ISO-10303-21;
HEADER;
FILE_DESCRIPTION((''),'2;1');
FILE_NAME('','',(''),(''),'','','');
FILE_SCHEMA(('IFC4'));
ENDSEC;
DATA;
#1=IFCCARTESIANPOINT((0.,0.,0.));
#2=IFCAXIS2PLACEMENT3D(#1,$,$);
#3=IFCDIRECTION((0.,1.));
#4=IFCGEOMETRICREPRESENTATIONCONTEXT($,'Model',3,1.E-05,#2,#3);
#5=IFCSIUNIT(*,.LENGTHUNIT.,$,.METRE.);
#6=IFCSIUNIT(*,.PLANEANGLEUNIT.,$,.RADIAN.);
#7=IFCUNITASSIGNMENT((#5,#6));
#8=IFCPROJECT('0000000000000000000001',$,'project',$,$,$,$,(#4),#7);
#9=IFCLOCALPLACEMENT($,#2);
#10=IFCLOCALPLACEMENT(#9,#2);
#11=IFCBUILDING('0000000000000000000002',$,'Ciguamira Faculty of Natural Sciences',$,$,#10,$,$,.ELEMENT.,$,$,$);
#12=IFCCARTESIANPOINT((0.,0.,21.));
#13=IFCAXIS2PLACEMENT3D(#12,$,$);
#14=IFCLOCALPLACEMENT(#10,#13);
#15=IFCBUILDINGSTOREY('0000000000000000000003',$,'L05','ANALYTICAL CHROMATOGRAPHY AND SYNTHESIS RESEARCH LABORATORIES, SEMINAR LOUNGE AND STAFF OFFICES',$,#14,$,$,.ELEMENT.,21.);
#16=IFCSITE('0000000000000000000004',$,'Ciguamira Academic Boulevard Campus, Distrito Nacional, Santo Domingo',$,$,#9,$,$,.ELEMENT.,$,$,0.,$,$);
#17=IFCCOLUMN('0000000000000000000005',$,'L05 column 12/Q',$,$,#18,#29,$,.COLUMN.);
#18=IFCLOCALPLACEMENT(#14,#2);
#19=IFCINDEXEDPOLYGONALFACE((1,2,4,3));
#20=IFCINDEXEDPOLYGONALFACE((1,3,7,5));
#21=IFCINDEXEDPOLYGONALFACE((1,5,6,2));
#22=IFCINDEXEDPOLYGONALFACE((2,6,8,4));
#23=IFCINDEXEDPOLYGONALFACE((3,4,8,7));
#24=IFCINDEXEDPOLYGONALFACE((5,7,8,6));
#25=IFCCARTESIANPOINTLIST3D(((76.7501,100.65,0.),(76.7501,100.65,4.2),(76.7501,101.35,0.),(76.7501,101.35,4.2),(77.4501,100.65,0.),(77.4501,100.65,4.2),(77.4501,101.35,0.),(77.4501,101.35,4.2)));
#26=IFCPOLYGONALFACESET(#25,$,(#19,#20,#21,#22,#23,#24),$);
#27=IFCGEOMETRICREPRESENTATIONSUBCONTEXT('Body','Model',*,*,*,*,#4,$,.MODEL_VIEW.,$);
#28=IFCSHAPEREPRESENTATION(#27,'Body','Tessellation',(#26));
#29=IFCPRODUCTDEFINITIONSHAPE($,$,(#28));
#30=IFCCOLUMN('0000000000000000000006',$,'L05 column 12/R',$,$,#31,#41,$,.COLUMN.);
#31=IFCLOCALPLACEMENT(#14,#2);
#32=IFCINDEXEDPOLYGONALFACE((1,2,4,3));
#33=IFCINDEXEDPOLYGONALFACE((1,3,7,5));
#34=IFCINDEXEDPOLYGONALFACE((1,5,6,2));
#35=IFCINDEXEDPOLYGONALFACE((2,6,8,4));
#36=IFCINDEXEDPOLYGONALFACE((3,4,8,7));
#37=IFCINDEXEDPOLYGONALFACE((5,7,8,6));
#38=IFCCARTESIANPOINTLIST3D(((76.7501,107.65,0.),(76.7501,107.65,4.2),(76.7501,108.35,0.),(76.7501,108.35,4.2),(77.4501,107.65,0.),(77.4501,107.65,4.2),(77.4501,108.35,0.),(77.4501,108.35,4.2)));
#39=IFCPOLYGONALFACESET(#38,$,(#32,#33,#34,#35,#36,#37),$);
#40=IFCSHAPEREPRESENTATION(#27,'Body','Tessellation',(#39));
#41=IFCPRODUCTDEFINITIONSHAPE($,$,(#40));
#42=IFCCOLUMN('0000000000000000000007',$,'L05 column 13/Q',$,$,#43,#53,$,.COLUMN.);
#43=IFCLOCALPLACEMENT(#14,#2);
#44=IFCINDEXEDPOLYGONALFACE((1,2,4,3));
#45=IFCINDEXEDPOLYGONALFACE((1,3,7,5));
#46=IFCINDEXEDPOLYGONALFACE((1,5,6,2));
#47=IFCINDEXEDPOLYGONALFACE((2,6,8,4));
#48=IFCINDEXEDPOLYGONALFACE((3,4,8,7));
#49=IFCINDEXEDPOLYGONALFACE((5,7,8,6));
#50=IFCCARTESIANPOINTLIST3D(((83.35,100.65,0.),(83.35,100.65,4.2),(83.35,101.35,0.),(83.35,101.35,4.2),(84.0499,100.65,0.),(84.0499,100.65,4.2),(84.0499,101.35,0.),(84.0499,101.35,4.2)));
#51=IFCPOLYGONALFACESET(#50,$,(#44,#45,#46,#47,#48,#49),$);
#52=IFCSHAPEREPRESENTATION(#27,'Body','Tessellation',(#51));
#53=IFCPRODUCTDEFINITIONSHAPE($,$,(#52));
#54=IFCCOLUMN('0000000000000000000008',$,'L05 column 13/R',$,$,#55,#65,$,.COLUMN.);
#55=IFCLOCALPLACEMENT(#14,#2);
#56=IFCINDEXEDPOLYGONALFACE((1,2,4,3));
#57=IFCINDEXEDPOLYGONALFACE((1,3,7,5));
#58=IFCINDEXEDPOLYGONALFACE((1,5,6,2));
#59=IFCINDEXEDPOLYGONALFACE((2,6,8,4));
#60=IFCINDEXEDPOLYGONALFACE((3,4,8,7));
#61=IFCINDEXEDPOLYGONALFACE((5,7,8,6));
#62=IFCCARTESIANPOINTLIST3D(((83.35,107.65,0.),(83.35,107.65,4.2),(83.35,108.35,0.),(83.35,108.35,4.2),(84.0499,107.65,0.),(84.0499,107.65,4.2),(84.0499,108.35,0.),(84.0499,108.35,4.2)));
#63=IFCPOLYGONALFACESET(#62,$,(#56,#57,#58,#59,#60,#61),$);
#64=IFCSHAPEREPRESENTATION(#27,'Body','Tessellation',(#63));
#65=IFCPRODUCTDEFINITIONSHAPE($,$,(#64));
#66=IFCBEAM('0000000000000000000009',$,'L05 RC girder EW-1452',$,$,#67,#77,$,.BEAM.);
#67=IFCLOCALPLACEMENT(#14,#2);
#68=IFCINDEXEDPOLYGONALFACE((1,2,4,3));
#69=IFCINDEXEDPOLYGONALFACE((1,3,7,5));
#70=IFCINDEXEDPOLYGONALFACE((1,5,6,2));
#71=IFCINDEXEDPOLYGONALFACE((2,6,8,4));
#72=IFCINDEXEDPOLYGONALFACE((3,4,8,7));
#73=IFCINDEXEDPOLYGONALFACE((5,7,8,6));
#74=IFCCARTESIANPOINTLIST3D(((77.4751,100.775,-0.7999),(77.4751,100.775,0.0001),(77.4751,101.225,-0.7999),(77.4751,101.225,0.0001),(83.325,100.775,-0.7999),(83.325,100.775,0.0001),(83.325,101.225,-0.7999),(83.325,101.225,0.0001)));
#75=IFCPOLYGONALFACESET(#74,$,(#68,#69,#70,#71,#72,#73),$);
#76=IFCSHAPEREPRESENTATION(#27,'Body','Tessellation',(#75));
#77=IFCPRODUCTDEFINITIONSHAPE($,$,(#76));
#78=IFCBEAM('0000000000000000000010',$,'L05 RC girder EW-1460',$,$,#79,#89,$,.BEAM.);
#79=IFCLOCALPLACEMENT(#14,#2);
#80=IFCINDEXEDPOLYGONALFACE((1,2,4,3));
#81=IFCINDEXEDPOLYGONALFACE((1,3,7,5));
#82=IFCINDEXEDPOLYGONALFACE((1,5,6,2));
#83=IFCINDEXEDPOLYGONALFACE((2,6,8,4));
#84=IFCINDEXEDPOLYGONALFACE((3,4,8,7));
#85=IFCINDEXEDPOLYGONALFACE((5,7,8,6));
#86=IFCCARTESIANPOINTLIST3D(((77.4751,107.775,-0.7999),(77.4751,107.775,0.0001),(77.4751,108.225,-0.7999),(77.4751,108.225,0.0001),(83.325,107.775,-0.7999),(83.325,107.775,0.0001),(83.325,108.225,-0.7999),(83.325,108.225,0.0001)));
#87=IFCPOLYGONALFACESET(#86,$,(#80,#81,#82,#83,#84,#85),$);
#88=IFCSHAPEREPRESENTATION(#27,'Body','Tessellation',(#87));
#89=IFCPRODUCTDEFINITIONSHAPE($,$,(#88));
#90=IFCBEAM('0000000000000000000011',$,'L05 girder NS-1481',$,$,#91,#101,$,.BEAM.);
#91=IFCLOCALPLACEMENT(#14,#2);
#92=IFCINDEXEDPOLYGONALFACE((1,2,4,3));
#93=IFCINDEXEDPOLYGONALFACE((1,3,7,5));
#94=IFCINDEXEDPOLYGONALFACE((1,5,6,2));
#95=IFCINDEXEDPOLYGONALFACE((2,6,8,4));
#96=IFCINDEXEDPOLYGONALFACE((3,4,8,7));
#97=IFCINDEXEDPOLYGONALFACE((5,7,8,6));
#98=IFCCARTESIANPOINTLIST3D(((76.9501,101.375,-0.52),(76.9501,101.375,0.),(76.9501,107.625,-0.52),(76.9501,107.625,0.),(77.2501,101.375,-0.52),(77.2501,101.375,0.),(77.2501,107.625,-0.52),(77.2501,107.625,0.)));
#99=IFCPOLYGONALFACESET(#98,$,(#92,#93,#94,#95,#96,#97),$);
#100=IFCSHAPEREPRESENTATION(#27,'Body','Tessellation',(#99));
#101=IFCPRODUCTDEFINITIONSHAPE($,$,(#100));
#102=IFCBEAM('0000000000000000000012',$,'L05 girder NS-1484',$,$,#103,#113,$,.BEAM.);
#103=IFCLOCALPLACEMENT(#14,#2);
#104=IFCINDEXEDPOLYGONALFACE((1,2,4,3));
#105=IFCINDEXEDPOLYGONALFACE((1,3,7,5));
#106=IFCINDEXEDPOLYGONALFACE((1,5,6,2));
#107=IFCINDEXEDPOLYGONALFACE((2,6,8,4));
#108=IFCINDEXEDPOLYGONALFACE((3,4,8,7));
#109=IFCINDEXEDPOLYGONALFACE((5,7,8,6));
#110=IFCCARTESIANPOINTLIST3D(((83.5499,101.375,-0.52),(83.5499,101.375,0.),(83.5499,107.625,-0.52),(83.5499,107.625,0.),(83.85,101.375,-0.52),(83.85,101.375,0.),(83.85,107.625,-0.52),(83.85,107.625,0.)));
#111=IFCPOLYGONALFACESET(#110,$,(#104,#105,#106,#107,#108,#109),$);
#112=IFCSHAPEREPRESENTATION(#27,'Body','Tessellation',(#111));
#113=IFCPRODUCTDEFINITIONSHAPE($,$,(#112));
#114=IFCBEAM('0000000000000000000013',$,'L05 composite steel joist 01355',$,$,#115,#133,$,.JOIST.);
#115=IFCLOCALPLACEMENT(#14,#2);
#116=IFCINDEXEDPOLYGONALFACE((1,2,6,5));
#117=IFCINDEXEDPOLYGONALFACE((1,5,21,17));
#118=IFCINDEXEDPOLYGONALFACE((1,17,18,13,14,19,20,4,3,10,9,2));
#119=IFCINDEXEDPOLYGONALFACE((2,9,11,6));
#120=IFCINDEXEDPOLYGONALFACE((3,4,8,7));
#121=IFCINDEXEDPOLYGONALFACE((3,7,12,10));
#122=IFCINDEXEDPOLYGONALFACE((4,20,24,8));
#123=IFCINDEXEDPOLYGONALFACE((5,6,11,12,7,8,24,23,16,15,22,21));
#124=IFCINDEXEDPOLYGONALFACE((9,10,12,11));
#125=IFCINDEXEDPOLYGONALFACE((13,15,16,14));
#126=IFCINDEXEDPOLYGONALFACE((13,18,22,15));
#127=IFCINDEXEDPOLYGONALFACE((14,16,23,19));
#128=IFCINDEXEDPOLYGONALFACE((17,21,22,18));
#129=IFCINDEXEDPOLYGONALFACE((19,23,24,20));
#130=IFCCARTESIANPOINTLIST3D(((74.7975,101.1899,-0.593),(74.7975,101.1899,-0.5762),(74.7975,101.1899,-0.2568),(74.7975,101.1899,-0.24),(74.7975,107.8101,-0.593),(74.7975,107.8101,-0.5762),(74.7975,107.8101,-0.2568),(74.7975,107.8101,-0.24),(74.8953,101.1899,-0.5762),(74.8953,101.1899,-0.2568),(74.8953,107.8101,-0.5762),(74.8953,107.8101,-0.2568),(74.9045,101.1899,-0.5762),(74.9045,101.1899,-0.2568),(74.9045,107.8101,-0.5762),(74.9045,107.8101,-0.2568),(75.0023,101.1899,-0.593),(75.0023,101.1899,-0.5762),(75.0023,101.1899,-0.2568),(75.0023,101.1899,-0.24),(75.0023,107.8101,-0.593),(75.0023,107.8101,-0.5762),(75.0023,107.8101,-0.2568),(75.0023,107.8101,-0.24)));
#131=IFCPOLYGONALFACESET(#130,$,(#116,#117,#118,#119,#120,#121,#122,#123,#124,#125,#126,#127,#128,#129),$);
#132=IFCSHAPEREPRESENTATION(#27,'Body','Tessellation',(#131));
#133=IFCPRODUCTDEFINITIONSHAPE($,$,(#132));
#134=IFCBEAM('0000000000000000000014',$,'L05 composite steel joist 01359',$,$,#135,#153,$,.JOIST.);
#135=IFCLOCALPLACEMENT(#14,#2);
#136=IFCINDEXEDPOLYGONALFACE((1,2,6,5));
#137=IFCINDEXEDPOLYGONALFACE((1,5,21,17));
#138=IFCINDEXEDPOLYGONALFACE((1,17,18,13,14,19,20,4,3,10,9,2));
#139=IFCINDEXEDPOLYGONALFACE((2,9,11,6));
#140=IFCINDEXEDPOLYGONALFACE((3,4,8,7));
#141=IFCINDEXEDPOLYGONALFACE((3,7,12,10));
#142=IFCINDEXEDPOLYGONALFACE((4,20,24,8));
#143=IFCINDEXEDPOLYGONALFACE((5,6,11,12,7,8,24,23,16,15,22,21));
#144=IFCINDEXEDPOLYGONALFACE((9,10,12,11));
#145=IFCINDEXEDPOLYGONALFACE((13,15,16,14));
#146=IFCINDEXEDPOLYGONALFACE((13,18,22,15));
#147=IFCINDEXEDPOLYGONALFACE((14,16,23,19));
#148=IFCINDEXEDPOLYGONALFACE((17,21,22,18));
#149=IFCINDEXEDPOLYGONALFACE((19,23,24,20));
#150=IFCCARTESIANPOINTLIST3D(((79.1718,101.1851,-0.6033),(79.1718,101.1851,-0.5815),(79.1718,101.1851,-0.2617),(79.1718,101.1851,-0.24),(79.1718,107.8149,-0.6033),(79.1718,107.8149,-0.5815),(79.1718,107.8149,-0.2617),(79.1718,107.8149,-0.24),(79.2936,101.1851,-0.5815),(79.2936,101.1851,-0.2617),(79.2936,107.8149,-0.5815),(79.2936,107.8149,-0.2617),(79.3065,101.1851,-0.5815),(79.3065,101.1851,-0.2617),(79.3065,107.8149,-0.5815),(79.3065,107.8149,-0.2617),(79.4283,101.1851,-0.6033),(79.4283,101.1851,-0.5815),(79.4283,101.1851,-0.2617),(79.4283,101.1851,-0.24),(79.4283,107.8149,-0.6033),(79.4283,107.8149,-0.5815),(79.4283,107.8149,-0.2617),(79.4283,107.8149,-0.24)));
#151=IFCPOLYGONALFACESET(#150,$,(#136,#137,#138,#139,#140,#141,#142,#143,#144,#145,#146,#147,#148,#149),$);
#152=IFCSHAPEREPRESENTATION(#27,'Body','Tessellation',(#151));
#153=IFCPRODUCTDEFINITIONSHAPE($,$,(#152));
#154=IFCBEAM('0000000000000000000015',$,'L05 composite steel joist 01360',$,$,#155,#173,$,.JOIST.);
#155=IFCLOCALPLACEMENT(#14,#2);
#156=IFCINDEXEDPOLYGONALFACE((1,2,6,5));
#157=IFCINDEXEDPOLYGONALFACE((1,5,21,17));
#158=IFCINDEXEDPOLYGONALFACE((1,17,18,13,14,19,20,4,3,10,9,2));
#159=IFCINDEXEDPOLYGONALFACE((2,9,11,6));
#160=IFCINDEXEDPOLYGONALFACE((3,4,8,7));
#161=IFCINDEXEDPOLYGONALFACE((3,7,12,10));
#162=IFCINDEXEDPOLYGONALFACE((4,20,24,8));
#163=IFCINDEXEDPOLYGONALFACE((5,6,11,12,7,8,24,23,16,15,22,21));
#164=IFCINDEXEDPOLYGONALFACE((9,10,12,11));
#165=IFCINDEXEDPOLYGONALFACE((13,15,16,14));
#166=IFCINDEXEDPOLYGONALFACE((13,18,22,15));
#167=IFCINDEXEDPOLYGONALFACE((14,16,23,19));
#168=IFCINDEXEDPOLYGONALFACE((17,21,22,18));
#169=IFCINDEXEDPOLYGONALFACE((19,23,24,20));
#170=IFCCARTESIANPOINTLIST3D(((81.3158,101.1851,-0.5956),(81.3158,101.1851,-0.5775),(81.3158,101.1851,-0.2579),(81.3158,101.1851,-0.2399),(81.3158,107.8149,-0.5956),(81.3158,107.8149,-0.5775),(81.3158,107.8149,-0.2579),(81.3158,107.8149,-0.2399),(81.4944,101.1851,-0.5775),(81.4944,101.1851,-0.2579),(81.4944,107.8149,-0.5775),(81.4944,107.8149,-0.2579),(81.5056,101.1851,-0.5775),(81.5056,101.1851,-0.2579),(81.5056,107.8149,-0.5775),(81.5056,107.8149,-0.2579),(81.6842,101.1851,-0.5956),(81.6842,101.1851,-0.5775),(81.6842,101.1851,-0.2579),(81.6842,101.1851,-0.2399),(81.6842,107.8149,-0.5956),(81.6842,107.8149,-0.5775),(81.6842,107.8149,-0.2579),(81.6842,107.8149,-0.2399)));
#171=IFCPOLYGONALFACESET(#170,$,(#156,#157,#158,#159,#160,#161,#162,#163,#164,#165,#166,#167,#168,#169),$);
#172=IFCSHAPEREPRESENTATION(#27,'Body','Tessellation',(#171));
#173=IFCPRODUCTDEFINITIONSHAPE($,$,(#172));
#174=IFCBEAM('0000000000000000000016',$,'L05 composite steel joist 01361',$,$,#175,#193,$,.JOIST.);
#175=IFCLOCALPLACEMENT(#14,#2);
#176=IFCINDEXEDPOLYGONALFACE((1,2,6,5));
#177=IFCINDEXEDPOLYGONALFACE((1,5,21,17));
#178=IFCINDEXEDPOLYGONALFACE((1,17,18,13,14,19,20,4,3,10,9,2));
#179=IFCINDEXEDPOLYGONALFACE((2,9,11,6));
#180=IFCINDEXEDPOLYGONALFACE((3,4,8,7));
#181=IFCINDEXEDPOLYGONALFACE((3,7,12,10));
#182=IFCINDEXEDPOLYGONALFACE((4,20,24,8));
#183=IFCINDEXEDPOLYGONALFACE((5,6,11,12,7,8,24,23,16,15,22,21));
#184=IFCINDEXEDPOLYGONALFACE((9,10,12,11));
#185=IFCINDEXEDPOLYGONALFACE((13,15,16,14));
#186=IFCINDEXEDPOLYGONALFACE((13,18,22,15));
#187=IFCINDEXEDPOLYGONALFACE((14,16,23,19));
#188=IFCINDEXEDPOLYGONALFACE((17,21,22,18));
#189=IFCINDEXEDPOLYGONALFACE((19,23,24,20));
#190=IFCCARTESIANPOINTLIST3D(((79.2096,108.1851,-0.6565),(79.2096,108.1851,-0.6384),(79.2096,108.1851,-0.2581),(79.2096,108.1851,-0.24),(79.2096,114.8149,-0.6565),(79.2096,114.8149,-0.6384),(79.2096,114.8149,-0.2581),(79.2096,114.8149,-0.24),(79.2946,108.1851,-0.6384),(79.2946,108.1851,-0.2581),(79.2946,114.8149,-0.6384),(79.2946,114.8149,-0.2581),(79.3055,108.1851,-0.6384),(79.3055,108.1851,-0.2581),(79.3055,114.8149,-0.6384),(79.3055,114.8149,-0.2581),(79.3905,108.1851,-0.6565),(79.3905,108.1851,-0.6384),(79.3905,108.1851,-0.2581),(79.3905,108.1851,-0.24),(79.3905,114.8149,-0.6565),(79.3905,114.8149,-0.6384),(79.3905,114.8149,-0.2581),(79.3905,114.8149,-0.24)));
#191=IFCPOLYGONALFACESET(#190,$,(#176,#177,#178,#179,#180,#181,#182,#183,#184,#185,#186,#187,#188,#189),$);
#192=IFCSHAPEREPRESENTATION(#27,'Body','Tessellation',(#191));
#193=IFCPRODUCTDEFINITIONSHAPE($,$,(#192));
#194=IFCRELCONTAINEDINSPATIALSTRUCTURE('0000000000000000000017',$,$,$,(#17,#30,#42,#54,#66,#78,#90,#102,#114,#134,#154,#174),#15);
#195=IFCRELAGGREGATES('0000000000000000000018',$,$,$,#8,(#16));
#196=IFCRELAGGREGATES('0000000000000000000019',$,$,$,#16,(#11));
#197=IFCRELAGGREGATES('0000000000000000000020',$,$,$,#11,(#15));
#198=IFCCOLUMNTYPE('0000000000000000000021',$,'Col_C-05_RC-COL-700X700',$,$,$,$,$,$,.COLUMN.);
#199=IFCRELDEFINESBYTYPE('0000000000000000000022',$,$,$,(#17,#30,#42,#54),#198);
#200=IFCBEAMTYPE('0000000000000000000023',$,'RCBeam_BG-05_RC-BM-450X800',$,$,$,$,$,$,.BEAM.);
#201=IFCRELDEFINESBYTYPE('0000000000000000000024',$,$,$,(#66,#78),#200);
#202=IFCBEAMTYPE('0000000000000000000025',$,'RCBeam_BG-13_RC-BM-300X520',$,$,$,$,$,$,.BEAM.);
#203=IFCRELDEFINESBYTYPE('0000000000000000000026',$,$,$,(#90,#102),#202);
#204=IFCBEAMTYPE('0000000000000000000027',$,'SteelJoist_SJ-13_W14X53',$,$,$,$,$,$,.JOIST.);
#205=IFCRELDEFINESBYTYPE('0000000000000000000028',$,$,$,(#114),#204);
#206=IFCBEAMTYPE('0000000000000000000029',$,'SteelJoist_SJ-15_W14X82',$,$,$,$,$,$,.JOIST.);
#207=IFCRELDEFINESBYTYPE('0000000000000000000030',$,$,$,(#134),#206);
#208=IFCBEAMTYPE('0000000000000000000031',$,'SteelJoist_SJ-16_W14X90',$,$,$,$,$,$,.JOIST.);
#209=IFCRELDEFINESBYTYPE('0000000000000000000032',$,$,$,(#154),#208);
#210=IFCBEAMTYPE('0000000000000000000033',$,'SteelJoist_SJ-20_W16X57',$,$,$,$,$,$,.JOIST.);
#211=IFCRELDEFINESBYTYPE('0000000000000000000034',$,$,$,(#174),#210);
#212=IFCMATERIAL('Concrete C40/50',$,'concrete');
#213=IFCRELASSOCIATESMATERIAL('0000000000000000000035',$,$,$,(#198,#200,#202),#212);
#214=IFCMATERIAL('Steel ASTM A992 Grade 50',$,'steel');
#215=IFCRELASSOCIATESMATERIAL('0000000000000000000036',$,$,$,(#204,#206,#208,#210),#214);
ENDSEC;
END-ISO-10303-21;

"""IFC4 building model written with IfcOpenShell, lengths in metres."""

from ifc_helpers import new_model, si_unit, direction, frame, origin, origin_2d, place, context, subcontext, project, spatial, rectangle, i_section, extrude, material, material_profile, profile_set, type_object, element, save


model = new_model("IFC4")

# Units and contexts
model_context = context("Model", 3, precision=1e-05, world=origin(), true_north=direction((0.0, 1.0)))
body_context = subcontext(model_context, "Body", "Model", "MODEL_VIEW")
ifc_project = project(units=[si_unit("LENGTHUNIT", "METRE"), si_unit("PLANEANGLEUNIT", "RADIAN")], contexts=[model_context])

# Site, building, storey
site_placement = place(None, origin())
site = spatial("IfcSite", under=ifc_project, at=site_placement, Name="Ciguamira Academic Boulevard Campus, Distrito Nacional, Santo Domingo", CompositionType="ELEMENT", RefElevation=0.0)
building_placement = place(site_placement, origin())
building = spatial("IfcBuilding", under=site, at=building_placement, Name="Ciguamira Faculty of Natural Sciences", CompositionType="ELEMENT")
storey_placement = place(building_placement, frame((0.0, 0.0, 21.0)))
storey = spatial("IfcBuildingStorey", under=building, at=storey_placement, Name="L05", Description="ANALYTICAL CHROMATOGRAPHY AND SYNTHESIS RESEARCH LABORATORIES, SEMINAR LOUNGE AND STAFF OFFICES", CompositionType="ELEMENT", Elevation=21.0)

# Columns
ifc_material_1 = material(Name="Concrete C40/50", Category="concrete")
ifc_material_profile_1 = material_profile(ifc_material_1, rectangle(XDim=0.7, YDim=0.7, at=origin_2d()), Name="RC-COL-700X700")
ifc_profile_set_1 = profile_set([ifc_material_profile_1], Name="Concrete C40/50")
column_type = type_object("IfcColumnType", Name="Col_C-05_RC-COL-700X700", PredefinedType="COLUMN", material=ifc_profile_set_1)
for number, where, z_axis, x_axis, name in (
    (1, (77.1001, 101.0, 0.0), (0.0, 0.0, 1.0), (1.0, 0.0, 0.0), "L05 column 12/Q"),
    (2, (77.1001, 108.0, 0.0), (0.0, 0.0, 1.0), (1.0, 0.0, 0.0), "L05 column 12/R"),
    (3, (83.7, 101.0, 0.0), (0.0, 0.0, 1.0), (1.0, 0.0, 0.0), "L05 column 13/Q"),
    (4, (83.7, 108.0, 0.0), (0.0, 0.0, 1.0), (1.0, 0.0, 0.0), "L05 column 13/R"),
):
    element("IfcColumn", number, at=place(storey_placement, frame(where, z_axis=z_axis, x_axis=x_axis)), inside=storey, type_object=column_type, Name=name, PredefinedType="COLUMN", context=body_context, shape_type="SweptSolid", body=[
        extrude(rectangle(XDim=0.7, YDim=0.7, at=origin_2d()), origin(), (0.0, 0.0, 1.0), 4.2),
    ])

# Beams
ifc_material_profile_2 = material_profile(ifc_material_1, rectangle(XDim=0.45, YDim=0.8, at=origin_2d()), Name="RC-BM-450X800")
ifc_profile_set_2 = profile_set([ifc_material_profile_2], Name="Concrete C40/50")
beam_type_1 = type_object("IfcBeamType", Name="RCBeam_BG-05_RC-BM-450X800", PredefinedType="BEAM", material=ifc_profile_set_2)
for number, where, z_axis, x_axis, name in (
    (5, (77.4751, 101.0, -0.3999), (1.0, 0.0, 0.0), (0.0, 1.0, 0.0), "L05 RC girder EW-1452"),
    (6, (77.4751, 108.0, -0.3999), (1.0, 0.0, 0.0), (0.0, 1.0, 0.0), "L05 RC girder EW-1460"),
):
    element("IfcBeam", number, at=place(storey_placement, frame(where, z_axis=z_axis, x_axis=x_axis)), inside=storey, type_object=beam_type_1, Name=name, PredefinedType="BEAM", context=body_context, shape_type="SweptSolid", body=[
        extrude(rectangle(XDim=0.45, YDim=0.8, at=origin_2d()), origin(), (0.0, 0.0, 1.0), 5.8499),
    ])
ifc_material_profile_3 = material_profile(ifc_material_1, rectangle(XDim=0.3, YDim=0.52, at=origin_2d()), Name="RC-BM-300X520")
ifc_profile_set_3 = profile_set([ifc_material_profile_3], Name="Concrete C40/50")
beam_type_2 = type_object("IfcBeamType", Name="RCBeam_BG-13_RC-BM-300X520", PredefinedType="BEAM", material=ifc_profile_set_3)
for number, where, z_axis, x_axis, name in (
    (7, (77.1001, 101.375, -0.26), (0.0, 1.0, 0.0), (-1.0, 0.0, 0.0), "L05 girder NS-1481"),
    (8, (83.7, 101.375, -0.26), (0.0, 1.0, 0.0), (-1.0, 0.0, 0.0), "L05 girder NS-1484"),
):
    element("IfcBeam", number, at=place(storey_placement, frame(where, z_axis=z_axis, x_axis=x_axis)), inside=storey, type_object=beam_type_2, Name=name, PredefinedType="BEAM", context=body_context, shape_type="SweptSolid", body=[
        extrude(rectangle(XDim=0.3, YDim=0.52, at=origin_2d()), origin(), (0.0, 0.0, 1.0), 6.25),
    ])
ifc_material_2 = material(Name="Steel ASTM A992 Grade 50", Category="steel")
ifc_material_profile_4 = material_profile(ifc_material_2, i_section(OverallWidth=0.2048, OverallDepth=0.353, WebThickness=0.0093, FlangeThickness=0.0168, at=origin_2d()), Name="W14X53")
ifc_profile_set_4 = profile_set([ifc_material_profile_4], Name="Steel ASTM A992 Grade 50")
beam_type_3 = type_object("IfcBeamType", Name="SteelJoist_SJ-13_W14X53", PredefinedType="JOIST", material=ifc_profile_set_4)
beam_1_placement = place(storey_placement, frame((74.8999, 101.1899, -0.4165), z_axis=(0.0, 1.0, 0.0), x_axis=(-1.0, 0.0, 0.0)))
element("IfcBeam", 9, at=beam_1_placement, inside=storey, type_object=beam_type_3, Name="L05 composite steel joist 01355", PredefinedType="JOIST", context=body_context, shape_type="SweptSolid", body=[
    extrude(i_section(OverallWidth=0.2048, OverallDepth=0.353, WebThickness=0.0093, FlangeThickness=0.0168, at=origin_2d()), origin(), (0.0, 0.0, 1.0), 6.6201),
])
ifc_material_profile_5 = material_profile(ifc_material_2, i_section(OverallWidth=0.2566, OverallDepth=0.3633, WebThickness=0.0129, FlangeThickness=0.0217, at=origin_2d()), Name="W14X82")
ifc_profile_set_5 = profile_set([ifc_material_profile_5], Name="Steel ASTM A992 Grade 50")
beam_type_4 = type_object("IfcBeamType", Name="SteelJoist_SJ-15_W14X82", PredefinedType="JOIST", material=ifc_profile_set_5)
beam_2_placement = place(storey_placement, frame((79.3, 101.1851, -0.4216), z_axis=(0.0, 1.0, 0.0), x_axis=(-1.0, 0.0, 0.0)))
element("IfcBeam", 10, at=beam_2_placement, inside=storey, type_object=beam_type_4, Name="L05 composite steel joist 01359", PredefinedType="JOIST", context=body_context, shape_type="SweptSolid", body=[
    extrude(i_section(OverallWidth=0.2566, OverallDepth=0.3633, WebThickness=0.0129, FlangeThickness=0.0217, at=origin_2d()), origin(), (0.0, 0.0, 1.0), 6.6299),
])
ifc_material_profile_6 = material_profile(ifc_material_2, i_section(OverallWidth=0.3684, OverallDepth=0.3557, WebThickness=0.0112, FlangeThickness=0.0181, at=origin_2d()), Name="W14X90")
ifc_profile_set_6 = profile_set([ifc_material_profile_6], Name="Steel ASTM A992 Grade 50")
beam_type_5 = type_object("IfcBeamType", Name="SteelJoist_SJ-16_W14X90", PredefinedType="JOIST", material=ifc_profile_set_6)
beam_3_placement = place(storey_placement, frame((81.5, 101.1851, -0.4177), z_axis=(0.0, 1.0, 0.0), x_axis=(-1.0, 0.0, 0.0)))
element("IfcBeam", 11, at=beam_3_placement, inside=storey, type_object=beam_type_5, Name="L05 composite steel joist 01360", PredefinedType="JOIST", context=body_context, shape_type="SweptSolid", body=[
    extrude(i_section(OverallWidth=0.3684, OverallDepth=0.3557, WebThickness=0.0112, FlangeThickness=0.0181, at=origin_2d()), origin(), (0.0, 0.0, 1.0), 6.6299),
])
ifc_material_profile_7 = material_profile(ifc_material_2, i_section(OverallWidth=0.1809, OverallDepth=0.4165, WebThickness=0.011, FlangeThickness=0.0181, at=origin_2d()), Name="W16X57")
ifc_profile_set_7 = profile_set([ifc_material_profile_7], Name="Steel ASTM A992 Grade 50")
beam_type_6 = type_object("IfcBeamType", Name="SteelJoist_SJ-20_W16X57", PredefinedType="JOIST", material=ifc_profile_set_7)
beam_4_placement = place(storey_placement, frame((79.3, 108.1851, -0.4482), z_axis=(0.0, 1.0, 0.0), x_axis=(-1.0, 0.0, 0.0)))
element("IfcBeam", 12, at=beam_4_placement, inside=storey, type_object=beam_type_6, Name="L05 composite steel joist 01361", PredefinedType="JOIST", context=body_context, shape_type="SweptSolid", body=[
    extrude(i_section(OverallWidth=0.1809, OverallDepth=0.4165, WebThickness=0.011, FlangeThickness=0.0181, at=origin_2d()), origin(), (0.0, 0.0, 1.0), 6.6299),
])

save(model, "model.ifc")
